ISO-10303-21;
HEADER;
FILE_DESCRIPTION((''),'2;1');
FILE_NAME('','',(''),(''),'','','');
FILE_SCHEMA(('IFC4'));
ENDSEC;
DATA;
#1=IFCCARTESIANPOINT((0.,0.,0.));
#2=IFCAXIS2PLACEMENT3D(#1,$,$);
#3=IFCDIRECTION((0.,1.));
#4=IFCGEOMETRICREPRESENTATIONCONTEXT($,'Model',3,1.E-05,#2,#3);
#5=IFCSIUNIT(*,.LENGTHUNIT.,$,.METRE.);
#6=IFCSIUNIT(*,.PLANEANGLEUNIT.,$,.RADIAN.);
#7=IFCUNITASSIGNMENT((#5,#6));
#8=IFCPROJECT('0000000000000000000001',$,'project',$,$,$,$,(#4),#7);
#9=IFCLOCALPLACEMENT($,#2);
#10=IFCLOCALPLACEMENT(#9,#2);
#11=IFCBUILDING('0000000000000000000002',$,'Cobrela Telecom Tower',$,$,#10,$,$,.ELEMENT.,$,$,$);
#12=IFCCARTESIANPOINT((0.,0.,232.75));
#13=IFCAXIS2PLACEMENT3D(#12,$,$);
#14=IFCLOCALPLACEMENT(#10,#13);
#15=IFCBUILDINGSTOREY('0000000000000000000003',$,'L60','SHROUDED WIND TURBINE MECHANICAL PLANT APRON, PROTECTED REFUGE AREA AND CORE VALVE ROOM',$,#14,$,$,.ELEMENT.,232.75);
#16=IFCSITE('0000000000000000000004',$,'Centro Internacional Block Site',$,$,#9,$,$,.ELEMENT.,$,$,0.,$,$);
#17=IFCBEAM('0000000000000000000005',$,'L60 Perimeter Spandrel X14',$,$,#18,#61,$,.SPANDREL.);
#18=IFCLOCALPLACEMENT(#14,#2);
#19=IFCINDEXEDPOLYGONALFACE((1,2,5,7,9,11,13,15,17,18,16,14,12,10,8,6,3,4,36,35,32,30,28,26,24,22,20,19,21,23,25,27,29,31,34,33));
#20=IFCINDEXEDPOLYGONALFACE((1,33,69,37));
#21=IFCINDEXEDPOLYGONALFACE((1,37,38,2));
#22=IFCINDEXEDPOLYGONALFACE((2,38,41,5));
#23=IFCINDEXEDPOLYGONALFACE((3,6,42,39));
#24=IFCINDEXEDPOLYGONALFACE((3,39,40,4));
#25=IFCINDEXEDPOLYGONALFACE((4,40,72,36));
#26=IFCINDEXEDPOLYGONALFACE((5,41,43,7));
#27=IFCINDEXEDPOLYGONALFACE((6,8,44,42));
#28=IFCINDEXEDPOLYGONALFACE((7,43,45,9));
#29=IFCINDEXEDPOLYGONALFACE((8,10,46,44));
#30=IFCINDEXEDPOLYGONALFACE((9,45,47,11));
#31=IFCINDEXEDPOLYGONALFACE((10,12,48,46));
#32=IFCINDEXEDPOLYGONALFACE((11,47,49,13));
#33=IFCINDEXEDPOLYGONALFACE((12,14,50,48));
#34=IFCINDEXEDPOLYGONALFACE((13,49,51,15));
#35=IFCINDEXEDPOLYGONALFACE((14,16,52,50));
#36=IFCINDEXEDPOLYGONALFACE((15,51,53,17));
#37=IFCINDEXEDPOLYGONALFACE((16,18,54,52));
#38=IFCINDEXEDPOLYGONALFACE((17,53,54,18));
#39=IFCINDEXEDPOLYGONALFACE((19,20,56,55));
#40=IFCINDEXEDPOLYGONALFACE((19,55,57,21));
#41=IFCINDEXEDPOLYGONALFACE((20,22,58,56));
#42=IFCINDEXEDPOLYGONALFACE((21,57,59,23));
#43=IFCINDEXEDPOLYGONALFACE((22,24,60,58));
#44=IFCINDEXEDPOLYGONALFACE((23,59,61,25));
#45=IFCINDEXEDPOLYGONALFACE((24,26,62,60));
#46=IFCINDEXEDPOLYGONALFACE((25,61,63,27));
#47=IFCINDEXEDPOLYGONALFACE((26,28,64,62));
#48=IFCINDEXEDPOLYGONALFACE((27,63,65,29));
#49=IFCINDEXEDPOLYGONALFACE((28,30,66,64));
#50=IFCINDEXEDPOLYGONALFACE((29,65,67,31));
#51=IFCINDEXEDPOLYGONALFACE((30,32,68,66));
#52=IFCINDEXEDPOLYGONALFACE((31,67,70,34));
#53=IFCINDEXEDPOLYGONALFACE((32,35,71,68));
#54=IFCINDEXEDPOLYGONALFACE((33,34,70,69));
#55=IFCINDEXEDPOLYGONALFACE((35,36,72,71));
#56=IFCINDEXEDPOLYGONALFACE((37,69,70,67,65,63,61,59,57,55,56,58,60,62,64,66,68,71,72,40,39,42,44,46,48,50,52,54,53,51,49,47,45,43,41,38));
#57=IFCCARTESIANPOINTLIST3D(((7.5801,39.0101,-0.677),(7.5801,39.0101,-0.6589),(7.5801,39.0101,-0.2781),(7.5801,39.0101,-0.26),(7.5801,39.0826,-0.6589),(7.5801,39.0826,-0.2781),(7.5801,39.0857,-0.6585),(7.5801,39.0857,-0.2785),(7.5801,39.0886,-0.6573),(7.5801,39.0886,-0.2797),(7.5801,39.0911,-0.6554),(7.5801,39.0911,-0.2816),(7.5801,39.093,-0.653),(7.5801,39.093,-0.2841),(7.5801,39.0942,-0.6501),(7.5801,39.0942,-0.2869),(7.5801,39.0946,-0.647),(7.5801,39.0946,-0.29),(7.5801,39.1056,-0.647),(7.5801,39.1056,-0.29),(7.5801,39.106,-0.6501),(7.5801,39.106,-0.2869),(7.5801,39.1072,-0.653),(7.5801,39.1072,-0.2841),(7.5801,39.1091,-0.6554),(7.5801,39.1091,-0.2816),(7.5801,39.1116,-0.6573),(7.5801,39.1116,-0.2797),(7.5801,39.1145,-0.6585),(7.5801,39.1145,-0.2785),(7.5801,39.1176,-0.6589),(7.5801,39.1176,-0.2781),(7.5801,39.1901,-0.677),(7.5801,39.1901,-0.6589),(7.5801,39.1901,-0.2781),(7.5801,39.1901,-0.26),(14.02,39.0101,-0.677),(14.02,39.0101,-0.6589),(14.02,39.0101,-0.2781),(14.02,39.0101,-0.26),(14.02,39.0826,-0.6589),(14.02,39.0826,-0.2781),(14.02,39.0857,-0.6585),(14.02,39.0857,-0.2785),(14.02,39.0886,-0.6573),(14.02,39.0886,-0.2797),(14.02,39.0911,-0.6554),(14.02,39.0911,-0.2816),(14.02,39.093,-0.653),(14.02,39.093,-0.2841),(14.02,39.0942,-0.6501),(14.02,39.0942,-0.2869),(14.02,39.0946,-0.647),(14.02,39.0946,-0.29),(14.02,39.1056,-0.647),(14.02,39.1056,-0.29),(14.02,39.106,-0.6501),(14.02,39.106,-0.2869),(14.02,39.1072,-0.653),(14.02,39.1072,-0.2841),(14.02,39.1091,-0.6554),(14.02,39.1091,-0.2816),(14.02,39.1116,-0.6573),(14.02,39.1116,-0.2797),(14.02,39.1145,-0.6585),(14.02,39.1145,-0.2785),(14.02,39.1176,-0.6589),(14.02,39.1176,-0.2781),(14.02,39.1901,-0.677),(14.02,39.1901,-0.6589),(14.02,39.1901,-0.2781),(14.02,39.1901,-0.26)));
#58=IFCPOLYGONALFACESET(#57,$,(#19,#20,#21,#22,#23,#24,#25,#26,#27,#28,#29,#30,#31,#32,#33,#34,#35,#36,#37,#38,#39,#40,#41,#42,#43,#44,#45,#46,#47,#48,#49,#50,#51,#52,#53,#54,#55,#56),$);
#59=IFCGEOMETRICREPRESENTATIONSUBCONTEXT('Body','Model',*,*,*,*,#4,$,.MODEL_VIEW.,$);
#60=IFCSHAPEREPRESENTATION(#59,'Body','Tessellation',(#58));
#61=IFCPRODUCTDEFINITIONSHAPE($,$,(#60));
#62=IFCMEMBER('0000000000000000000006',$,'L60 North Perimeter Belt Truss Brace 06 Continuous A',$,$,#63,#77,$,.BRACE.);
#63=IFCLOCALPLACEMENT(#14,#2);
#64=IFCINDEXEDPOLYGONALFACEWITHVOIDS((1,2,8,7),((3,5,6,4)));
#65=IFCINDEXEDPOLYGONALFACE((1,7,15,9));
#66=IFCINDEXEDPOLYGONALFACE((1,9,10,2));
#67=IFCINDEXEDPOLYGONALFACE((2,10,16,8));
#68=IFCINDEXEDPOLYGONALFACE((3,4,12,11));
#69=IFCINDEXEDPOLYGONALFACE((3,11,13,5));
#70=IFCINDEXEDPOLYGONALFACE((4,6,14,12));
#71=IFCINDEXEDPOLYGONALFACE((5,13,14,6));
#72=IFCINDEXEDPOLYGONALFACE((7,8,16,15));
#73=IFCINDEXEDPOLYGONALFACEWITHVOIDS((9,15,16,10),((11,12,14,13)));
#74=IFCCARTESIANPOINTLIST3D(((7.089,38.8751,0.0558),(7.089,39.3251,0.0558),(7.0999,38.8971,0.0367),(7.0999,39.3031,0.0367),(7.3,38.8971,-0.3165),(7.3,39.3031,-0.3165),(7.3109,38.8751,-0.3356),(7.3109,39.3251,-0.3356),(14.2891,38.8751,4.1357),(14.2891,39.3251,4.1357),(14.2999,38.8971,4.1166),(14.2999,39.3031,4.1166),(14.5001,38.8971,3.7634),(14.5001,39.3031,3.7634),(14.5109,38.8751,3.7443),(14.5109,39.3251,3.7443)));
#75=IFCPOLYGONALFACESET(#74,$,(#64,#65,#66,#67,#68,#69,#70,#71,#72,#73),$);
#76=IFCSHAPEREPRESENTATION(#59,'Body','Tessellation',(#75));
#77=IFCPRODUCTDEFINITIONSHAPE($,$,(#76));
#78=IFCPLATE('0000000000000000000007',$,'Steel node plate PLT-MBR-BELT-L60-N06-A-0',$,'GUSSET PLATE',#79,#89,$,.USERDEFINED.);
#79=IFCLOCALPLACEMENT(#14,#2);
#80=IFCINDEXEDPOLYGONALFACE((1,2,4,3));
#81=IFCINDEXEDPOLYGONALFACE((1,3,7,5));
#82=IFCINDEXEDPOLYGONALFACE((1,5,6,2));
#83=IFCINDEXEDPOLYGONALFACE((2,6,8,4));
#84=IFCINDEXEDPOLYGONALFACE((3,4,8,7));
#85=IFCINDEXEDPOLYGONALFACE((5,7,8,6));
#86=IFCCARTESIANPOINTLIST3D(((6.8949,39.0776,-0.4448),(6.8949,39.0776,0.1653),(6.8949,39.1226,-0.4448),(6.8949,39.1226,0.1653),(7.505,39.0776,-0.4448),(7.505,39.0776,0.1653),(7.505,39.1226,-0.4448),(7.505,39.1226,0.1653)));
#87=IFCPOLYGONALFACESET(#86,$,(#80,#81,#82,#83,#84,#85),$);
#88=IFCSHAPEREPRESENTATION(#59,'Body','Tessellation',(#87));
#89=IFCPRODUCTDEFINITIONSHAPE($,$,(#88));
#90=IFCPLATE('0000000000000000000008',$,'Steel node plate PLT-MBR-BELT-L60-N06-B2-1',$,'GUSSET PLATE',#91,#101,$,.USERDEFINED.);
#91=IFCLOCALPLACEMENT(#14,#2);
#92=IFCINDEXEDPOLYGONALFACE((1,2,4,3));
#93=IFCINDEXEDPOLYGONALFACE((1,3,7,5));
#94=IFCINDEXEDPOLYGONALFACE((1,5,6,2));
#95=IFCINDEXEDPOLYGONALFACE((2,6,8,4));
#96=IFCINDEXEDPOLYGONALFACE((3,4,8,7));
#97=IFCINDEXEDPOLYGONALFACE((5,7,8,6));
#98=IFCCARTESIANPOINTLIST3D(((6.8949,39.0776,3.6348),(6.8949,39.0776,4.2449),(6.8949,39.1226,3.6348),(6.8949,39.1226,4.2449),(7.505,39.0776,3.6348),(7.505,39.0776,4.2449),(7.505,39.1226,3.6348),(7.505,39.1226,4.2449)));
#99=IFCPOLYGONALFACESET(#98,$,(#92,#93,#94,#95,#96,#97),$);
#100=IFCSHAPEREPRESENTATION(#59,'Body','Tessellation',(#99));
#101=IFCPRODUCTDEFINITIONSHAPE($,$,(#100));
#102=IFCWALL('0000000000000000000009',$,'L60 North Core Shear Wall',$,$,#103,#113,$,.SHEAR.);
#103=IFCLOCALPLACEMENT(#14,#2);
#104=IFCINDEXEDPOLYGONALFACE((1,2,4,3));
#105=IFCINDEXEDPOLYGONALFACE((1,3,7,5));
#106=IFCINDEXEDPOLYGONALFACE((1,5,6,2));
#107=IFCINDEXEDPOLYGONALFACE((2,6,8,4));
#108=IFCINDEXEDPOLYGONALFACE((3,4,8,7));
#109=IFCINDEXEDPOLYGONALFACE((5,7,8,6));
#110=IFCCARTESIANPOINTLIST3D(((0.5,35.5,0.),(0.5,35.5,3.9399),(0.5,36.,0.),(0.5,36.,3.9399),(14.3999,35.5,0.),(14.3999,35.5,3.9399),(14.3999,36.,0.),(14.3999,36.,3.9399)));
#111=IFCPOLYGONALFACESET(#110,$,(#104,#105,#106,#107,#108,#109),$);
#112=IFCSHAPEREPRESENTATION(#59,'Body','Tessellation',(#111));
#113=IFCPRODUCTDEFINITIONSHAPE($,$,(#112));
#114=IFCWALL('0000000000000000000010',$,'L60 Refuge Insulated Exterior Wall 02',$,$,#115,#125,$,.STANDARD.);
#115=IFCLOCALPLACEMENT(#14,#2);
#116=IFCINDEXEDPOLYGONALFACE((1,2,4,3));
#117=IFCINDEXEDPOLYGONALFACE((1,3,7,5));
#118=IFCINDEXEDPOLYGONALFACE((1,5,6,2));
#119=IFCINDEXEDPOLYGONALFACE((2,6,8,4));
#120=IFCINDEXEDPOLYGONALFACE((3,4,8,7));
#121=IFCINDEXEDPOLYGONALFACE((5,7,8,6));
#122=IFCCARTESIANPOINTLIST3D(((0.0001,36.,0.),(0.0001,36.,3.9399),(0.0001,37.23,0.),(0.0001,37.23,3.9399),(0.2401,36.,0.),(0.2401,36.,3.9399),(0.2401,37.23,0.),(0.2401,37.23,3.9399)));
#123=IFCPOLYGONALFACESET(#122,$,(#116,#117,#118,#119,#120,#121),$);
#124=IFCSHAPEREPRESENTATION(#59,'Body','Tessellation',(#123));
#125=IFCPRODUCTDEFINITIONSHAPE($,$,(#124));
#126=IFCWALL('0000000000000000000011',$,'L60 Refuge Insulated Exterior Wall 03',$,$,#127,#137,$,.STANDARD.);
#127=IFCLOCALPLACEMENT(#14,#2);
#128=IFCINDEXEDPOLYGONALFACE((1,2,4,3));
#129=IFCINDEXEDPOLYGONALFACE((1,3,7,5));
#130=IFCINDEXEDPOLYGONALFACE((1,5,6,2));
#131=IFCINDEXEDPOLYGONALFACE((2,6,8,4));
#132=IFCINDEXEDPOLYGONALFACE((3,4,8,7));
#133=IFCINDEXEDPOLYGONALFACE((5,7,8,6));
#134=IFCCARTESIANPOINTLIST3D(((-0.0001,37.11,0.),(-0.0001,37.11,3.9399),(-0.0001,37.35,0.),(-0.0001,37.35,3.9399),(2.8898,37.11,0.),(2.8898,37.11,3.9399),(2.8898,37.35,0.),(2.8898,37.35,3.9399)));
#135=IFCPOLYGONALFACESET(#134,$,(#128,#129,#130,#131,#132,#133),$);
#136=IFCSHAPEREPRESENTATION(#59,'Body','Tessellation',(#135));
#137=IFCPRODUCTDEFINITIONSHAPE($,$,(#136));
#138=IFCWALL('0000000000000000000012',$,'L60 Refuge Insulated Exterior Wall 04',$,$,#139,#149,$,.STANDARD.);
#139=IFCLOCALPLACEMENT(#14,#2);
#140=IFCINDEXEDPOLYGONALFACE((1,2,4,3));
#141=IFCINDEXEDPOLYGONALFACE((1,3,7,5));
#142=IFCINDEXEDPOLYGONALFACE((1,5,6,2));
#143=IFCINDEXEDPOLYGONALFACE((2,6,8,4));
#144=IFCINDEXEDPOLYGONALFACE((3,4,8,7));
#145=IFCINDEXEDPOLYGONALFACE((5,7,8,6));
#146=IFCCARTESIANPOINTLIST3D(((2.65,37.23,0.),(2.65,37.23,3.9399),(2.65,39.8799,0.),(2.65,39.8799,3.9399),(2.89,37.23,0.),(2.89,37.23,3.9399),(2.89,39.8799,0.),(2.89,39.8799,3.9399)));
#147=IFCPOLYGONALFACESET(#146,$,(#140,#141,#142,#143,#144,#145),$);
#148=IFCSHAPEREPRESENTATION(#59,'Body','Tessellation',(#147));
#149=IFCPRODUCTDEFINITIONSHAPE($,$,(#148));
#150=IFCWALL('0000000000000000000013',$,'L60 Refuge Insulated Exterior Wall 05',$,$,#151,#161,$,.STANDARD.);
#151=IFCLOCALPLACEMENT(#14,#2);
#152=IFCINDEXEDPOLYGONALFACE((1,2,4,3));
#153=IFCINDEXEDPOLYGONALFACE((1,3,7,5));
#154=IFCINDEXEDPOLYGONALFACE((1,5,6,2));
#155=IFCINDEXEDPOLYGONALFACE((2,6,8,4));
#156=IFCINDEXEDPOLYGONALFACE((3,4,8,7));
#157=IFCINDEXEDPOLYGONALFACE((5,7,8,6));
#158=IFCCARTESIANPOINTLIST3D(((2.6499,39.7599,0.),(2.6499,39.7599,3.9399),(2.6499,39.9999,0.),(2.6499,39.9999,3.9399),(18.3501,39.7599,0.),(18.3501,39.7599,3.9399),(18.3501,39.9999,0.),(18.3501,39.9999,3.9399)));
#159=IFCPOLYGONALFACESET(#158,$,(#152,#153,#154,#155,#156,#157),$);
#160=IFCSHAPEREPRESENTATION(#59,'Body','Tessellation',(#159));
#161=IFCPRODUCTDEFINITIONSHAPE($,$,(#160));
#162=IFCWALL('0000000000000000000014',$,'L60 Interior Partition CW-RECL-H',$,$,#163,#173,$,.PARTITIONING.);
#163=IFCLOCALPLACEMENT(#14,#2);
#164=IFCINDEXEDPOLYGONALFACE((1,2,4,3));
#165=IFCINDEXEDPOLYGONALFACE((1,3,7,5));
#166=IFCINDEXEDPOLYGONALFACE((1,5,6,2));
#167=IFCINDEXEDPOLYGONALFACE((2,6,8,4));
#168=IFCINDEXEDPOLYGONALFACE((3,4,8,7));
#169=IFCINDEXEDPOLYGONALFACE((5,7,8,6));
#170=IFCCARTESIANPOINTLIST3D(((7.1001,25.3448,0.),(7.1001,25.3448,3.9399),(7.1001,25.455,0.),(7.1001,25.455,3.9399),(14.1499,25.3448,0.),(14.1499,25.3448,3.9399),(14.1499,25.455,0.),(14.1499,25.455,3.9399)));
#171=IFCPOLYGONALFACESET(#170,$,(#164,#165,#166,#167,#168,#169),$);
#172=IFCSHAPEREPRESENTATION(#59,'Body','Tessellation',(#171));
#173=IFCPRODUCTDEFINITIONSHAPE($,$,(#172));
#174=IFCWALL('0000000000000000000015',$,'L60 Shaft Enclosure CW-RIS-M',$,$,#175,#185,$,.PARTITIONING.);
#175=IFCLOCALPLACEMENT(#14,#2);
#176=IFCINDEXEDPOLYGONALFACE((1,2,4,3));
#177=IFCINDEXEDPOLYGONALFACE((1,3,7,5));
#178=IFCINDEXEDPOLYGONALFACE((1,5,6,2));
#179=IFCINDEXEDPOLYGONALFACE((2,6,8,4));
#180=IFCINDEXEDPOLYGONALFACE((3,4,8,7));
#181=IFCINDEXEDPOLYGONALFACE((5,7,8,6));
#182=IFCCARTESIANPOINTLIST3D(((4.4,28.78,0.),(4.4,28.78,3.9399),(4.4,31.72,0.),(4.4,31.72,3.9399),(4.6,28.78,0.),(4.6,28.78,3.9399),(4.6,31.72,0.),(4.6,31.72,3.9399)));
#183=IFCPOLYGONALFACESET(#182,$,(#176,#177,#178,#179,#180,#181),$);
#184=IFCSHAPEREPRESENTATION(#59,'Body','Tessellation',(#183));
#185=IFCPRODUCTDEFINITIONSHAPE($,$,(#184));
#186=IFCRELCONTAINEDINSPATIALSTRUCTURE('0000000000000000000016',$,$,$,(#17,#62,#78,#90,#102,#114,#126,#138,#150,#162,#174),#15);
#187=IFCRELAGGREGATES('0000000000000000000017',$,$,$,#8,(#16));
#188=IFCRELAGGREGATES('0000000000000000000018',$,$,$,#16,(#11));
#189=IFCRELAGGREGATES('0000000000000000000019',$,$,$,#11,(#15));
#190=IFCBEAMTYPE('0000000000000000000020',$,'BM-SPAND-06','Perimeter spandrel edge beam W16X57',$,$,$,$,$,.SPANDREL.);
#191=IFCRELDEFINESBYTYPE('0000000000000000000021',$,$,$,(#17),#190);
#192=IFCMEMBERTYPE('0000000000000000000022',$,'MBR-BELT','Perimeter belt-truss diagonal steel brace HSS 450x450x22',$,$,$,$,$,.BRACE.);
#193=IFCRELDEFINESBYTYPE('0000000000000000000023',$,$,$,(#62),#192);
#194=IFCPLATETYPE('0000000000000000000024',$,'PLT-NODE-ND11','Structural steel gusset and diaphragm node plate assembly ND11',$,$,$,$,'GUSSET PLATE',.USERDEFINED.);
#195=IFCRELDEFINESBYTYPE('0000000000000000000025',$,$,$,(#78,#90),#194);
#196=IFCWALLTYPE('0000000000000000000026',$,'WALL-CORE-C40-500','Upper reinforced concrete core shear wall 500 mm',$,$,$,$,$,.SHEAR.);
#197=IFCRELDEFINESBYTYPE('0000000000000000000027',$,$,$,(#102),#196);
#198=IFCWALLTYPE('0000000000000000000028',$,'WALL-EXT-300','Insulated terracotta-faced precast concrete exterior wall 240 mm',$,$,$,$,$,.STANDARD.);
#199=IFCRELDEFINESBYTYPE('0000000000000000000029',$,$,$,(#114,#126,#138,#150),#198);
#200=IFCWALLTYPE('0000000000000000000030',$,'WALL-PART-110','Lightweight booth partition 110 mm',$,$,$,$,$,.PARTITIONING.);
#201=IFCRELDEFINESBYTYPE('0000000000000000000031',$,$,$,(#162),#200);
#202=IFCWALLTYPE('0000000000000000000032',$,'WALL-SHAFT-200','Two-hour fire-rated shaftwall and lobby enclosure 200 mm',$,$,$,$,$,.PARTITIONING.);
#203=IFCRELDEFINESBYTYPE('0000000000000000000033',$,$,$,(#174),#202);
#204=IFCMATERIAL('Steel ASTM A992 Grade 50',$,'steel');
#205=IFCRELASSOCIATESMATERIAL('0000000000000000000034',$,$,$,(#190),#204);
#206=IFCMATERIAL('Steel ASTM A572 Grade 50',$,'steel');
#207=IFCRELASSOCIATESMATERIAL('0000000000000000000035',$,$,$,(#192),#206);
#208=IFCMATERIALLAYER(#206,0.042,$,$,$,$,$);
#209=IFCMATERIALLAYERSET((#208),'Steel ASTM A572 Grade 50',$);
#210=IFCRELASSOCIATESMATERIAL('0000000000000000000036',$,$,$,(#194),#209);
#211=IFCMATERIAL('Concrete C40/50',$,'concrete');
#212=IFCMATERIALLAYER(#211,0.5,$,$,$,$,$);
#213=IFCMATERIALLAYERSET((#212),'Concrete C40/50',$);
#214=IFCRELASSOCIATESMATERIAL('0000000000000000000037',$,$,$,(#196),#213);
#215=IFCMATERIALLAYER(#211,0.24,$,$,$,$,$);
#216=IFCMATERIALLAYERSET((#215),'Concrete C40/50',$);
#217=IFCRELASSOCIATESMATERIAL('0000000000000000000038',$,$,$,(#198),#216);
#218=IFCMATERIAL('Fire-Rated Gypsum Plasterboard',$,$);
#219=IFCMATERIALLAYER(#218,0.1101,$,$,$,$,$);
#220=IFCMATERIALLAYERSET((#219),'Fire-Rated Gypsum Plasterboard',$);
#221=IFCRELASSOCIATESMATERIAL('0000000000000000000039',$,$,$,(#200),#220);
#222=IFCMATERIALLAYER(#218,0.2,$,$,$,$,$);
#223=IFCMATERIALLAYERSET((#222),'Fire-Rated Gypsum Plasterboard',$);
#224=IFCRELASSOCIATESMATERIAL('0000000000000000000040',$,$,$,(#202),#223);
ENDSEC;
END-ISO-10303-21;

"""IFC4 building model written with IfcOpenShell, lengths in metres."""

from ifc_helpers import new_model, si_unit, direction, frame, frame_2d, origin, origin_2d, place, context, subcontext, project, spatial, rectangle, hollow_rectangle, i_section, extrude, material, layer, layer_set, material_profile, profile_set, type_object, element, save


model = new_model("IFC4")

# Units and contexts
model_context = context("Model", 3, precision=1e-05, world=origin(), true_north=direction((0.0, 1.0)))
body_context = subcontext(model_context, "Body", "Model", "MODEL_VIEW")
ifc_project = project(units=[si_unit("LENGTHUNIT", "METRE"), si_unit("PLANEANGLEUNIT", "RADIAN")], contexts=[model_context])

# Site, building, storey
site_placement = place(None, origin())
site = spatial("IfcSite", under=ifc_project, at=site_placement, Name="Centro Internacional Block Site", CompositionType="ELEMENT", RefElevation=0.0)
building_placement = place(site_placement, origin())
building = spatial("IfcBuilding", under=site, at=building_placement, Name="Cobrela Telecom Tower", CompositionType="ELEMENT")
storey_placement = place(building_placement, frame((0.0, 0.0, 232.75)))
storey = spatial("IfcBuildingStorey", under=building, at=storey_placement, Name="L60", Description="SHROUDED WIND TURBINE MECHANICAL PLANT APRON, PROTECTED REFUGE AREA AND CORE VALVE ROOM", CompositionType="ELEMENT", Elevation=232.75)

# Shared definitions
ifc_material_1 = material(Name="Steel ASTM A572 Grade 50", Category="steel")

# Beam
ifc_material_2 = material(Name="Concrete C40/50", Category="concrete")
ifc_material_3 = material(Name="Steel ASTM A992 Grade 50", Category="steel")
ifc_material_profile_1 = material_profile(ifc_material_3, i_section(OverallWidth=0.1799, OverallDepth=0.417, WebThickness=0.011, FlangeThickness=0.0181, FilletRadius=0.012, at=origin_2d()), Name="W16X57")
ifc_profile_set_1 = profile_set([ifc_material_profile_1], Name="Steel ASTM A992 Grade 50")
beam_type_1 = type_object("IfcBeamType", Name="BM-SPAND-06", Description="Perimeter spandrel edge beam W16X57", PredefinedType="SPANDREL", material=ifc_profile_set_1)
beam_1_placement = place(storey_placement, frame((7.5801, 39.1001, -0.4685), z_axis=(1.0, 0.0, 0.0), x_axis=(0.0, 1.0, 0.0)))
element("IfcBeam", 1, at=beam_1_placement, inside=storey, type_object=beam_type_1, Name="L60 Perimeter Spandrel X14", PredefinedType="SPANDREL", context=body_context, shape_type="SweptSolid", body=[
    extrude(i_section(OverallWidth=0.1799, OverallDepth=0.417, WebThickness=0.011, FlangeThickness=0.0181, FilletRadius=0.012, at=origin_2d()), origin(), (0.0, 0.0, 1.0), 6.4399),
])

# Member
ifc_material_profile_2 = material_profile(ifc_material_1, hollow_rectangle(XDim=0.45, YDim=0.45, WallThickness=0.022, at=origin_2d()), Name="HSS 450x450x22")
ifc_profile_set_2 = profile_set([ifc_material_profile_2], Name="Steel ASTM A572 Grade 50")
member_type = type_object("IfcMemberType", Name="MBR-BELT", Description="Perimeter belt-truss diagonal steel brace HSS 450x450x22", PredefinedType="BRACE", material=ifc_profile_set_2)
member_placement = place(storey_placement, frame((7.2, 39.1001, -0.1399), z_axis=(0.870029, 0.0, 0.493), x_axis=(0.0, 1.0, 0.0)))
element("IfcMember", 2, at=member_placement, inside=storey, type_object=member_type, Name="L60 North Perimeter Belt Truss Brace 06 Continuous A", PredefinedType="BRACE", context=body_context, shape_type="SweptSolid", body=[
    extrude(hollow_rectangle(XDim=0.45, YDim=0.45, WallThickness=0.022, at=origin_2d()), origin(), (0.0, 0.0, 1.0), 8.2756),
])

# Plates
ifc_layer_1 = layer(ifc_material_1, 0.042)
ifc_layer_set_1 = layer_set([ifc_layer_1], Name="Steel ASTM A572 Grade 50")
plate_type = type_object("IfcPlateType", Name="PLT-NODE-ND11", Description="Structural steel gusset and diaphragm node plate assembly ND11", ElementType="GUSSET PLATE", PredefinedType="USERDEFINED", material=ifc_layer_set_1)
for number, where, z_axis, x_axis, name in (
    (3, (7.2, 39.1001, -0.4448), (0.0, 0.0, 1.0), (1.0, 0.0, 0.0), "Steel node plate PLT-MBR-BELT-L60-N06-A-0"),
    (4, (7.2, 39.1001, 3.6348), (0.0, 0.0, 1.0), (-1.0, 0.0, 0.0), "Steel node plate PLT-MBR-BELT-L60-N06-B2-1"),
):
    element("IfcPlate", number, at=place(storey_placement, frame(where, z_axis=z_axis, x_axis=x_axis)), inside=storey, type_object=plate_type, Name=name, ObjectType="GUSSET PLATE", PredefinedType="USERDEFINED", context=body_context, shape_type="SweptSolid", body=[
        extrude(rectangle(XDim=0.6101, YDim=0.0449, at=origin_2d()), origin(), (0.0, 0.0, 1.0), 0.6101),
    ])

# Walls
ifc_layer_2 = layer(ifc_material_2, 0.5)
ifc_layer_set_2 = layer_set([ifc_layer_2], Name="Concrete C40/50")
wall_type_1 = type_object("IfcWallType", Name="WALL-CORE-C40-500", Description="Upper reinforced concrete core shear wall 500 mm", PredefinedType="SHEAR", material=ifc_layer_set_2)
wall_1_placement = place(storey_placement, frame((0.5, 35.75, 0.0), z_axis=(0.0, 0.0, 1.0), x_axis=(1.0, 0.0, 0.0)))
element("IfcWall", 5, at=wall_1_placement, inside=storey, type_object=wall_type_1, Name="L60 North Core Shear Wall", PredefinedType="SHEAR", context=body_context, shape_type="SweptSolid", body=[
    extrude(rectangle(XDim=13.8999, YDim=0.5, at=frame_2d((6.95, 0.0))), origin(), (0.0, 0.0, 1.0), 3.9399),
])
ifc_layer_3 = layer(ifc_material_2, 0.24)
ifc_layer_set_3 = layer_set([ifc_layer_3], Name="Concrete C40/50")
wall_type_2 = type_object("IfcWallType", Name="WALL-EXT-300", Description="Insulated terracotta-faced precast concrete exterior wall 240 mm", PredefinedType="STANDARD", material=ifc_layer_set_3)
wall_2_placement = place(storey_placement, frame((0.1201, 36.0, 0.0), z_axis=(0.0, 0.0, 1.0), x_axis=(0.0, 1.0, 0.0)))
element("IfcWall", 6, at=wall_2_placement, inside=storey, type_object=wall_type_2, Name="L60 Refuge Insulated Exterior Wall 02", PredefinedType="STANDARD", context=body_context, shape_type="SweptSolid", body=[
    extrude(rectangle(XDim=1.23, YDim=0.24, at=frame_2d((0.615, 0.0))), origin(), (0.0, 0.0, 1.0), 3.9399),
])
wall_3_placement = place(storey_placement, frame((0.0, 37.23, 0.0), z_axis=(0.0, 0.0, 1.0), x_axis=(1.0, 0.0, 0.0)))
element("IfcWall", 7, at=wall_3_placement, inside=storey, type_object=wall_type_2, Name="L60 Refuge Insulated Exterior Wall 03", PredefinedType="STANDARD", context=body_context, shape_type="SweptSolid", body=[
    extrude(rectangle(XDim=2.8899, YDim=0.24, at=frame_2d((1.4448, 0.0))), origin(), (0.0, 0.0, 1.0), 3.9399),
])
wall_4_placement = place(storey_placement, frame((2.77, 37.23, 0.0), z_axis=(0.0, 0.0, 1.0), x_axis=(0.0, 1.0, 0.0)))
element("IfcWall", 8, at=wall_4_placement, inside=storey, type_object=wall_type_2, Name="L60 Refuge Insulated Exterior Wall 04", PredefinedType="STANDARD", context=body_context, shape_type="SweptSolid", body=[
    extrude(rectangle(XDim=2.6499, YDim=0.24, at=frame_2d((1.325, 0.0))), origin(), (0.0, 0.0, 1.0), 3.9399),
])
wall_5_placement = place(storey_placement, frame((2.6499, 39.8799, 0.0), z_axis=(0.0, 0.0, 1.0), x_axis=(1.0, 0.0, 0.0)))
element("IfcWall", 9, at=wall_5_placement, inside=storey, type_object=wall_type_2, Name="L60 Refuge Insulated Exterior Wall 05", PredefinedType="STANDARD", context=body_context, shape_type="SweptSolid", body=[
    extrude(rectangle(XDim=15.7002, YDim=0.24, at=frame_2d((7.8501, 0.0))), origin(), (0.0, 0.0, 1.0), 3.9399),
])
ifc_material_4 = material(Name="Fire-Rated Gypsum Plasterboard")
ifc_layer_4 = layer(ifc_material_4, 0.1101)
ifc_layer_set_4 = layer_set([ifc_layer_4], Name="Fire-Rated Gypsum Plasterboard")
wall_type_3 = type_object("IfcWallType", Name="WALL-PART-110", Description="Lightweight booth partition 110 mm", PredefinedType="PARTITIONING", material=ifc_layer_set_4)
wall_6_placement = place(storey_placement, frame((7.1001, 25.3999, 0.0), z_axis=(0.0, 0.0, 1.0), x_axis=(1.0, 0.0, 0.0)))
element("IfcWall", 10, at=wall_6_placement, inside=storey, type_object=wall_type_3, Name="L60 Interior Partition CW-RECL-H", PredefinedType="PARTITIONING", context=body_context, shape_type="SweptSolid", body=[
    extrude(rectangle(XDim=7.0498, YDim=0.1101, at=frame_2d((3.5249, 0.0))), origin(), (0.0, 0.0, 1.0), 3.9399),
])

# Shared definitions
ifc_layer_5 = layer(ifc_material_4, 0.2)
ifc_layer_set_5 = layer_set([ifc_layer_5], Name="Fire-Rated Gypsum Plasterboard")
wall_type_4 = type_object("IfcWallType", Name="WALL-SHAFT-200", Description="Two-hour fire-rated shaftwall and lobby enclosure 200 mm", PredefinedType="PARTITIONING", material=ifc_layer_set_5)

# Wall
wall_7_placement = place(storey_placement, frame((4.5, 28.78, 0.0), z_axis=(0.0, 0.0, 1.0), x_axis=(0.0, 1.0, 0.0)))
element("IfcWall", 11, at=wall_7_placement, inside=storey, type_object=wall_type_4, Name="L60 Shaft Enclosure CW-RIS-M", PredefinedType="PARTITIONING", context=body_context, shape_type="SweptSolid", body=[
    extrude(rectangle(XDim=2.9399, YDim=0.2, at=frame_2d((1.47, 0.0))), origin(), (0.0, 0.0, 1.0), 3.9399),
])

save(model, "model.ifc")
